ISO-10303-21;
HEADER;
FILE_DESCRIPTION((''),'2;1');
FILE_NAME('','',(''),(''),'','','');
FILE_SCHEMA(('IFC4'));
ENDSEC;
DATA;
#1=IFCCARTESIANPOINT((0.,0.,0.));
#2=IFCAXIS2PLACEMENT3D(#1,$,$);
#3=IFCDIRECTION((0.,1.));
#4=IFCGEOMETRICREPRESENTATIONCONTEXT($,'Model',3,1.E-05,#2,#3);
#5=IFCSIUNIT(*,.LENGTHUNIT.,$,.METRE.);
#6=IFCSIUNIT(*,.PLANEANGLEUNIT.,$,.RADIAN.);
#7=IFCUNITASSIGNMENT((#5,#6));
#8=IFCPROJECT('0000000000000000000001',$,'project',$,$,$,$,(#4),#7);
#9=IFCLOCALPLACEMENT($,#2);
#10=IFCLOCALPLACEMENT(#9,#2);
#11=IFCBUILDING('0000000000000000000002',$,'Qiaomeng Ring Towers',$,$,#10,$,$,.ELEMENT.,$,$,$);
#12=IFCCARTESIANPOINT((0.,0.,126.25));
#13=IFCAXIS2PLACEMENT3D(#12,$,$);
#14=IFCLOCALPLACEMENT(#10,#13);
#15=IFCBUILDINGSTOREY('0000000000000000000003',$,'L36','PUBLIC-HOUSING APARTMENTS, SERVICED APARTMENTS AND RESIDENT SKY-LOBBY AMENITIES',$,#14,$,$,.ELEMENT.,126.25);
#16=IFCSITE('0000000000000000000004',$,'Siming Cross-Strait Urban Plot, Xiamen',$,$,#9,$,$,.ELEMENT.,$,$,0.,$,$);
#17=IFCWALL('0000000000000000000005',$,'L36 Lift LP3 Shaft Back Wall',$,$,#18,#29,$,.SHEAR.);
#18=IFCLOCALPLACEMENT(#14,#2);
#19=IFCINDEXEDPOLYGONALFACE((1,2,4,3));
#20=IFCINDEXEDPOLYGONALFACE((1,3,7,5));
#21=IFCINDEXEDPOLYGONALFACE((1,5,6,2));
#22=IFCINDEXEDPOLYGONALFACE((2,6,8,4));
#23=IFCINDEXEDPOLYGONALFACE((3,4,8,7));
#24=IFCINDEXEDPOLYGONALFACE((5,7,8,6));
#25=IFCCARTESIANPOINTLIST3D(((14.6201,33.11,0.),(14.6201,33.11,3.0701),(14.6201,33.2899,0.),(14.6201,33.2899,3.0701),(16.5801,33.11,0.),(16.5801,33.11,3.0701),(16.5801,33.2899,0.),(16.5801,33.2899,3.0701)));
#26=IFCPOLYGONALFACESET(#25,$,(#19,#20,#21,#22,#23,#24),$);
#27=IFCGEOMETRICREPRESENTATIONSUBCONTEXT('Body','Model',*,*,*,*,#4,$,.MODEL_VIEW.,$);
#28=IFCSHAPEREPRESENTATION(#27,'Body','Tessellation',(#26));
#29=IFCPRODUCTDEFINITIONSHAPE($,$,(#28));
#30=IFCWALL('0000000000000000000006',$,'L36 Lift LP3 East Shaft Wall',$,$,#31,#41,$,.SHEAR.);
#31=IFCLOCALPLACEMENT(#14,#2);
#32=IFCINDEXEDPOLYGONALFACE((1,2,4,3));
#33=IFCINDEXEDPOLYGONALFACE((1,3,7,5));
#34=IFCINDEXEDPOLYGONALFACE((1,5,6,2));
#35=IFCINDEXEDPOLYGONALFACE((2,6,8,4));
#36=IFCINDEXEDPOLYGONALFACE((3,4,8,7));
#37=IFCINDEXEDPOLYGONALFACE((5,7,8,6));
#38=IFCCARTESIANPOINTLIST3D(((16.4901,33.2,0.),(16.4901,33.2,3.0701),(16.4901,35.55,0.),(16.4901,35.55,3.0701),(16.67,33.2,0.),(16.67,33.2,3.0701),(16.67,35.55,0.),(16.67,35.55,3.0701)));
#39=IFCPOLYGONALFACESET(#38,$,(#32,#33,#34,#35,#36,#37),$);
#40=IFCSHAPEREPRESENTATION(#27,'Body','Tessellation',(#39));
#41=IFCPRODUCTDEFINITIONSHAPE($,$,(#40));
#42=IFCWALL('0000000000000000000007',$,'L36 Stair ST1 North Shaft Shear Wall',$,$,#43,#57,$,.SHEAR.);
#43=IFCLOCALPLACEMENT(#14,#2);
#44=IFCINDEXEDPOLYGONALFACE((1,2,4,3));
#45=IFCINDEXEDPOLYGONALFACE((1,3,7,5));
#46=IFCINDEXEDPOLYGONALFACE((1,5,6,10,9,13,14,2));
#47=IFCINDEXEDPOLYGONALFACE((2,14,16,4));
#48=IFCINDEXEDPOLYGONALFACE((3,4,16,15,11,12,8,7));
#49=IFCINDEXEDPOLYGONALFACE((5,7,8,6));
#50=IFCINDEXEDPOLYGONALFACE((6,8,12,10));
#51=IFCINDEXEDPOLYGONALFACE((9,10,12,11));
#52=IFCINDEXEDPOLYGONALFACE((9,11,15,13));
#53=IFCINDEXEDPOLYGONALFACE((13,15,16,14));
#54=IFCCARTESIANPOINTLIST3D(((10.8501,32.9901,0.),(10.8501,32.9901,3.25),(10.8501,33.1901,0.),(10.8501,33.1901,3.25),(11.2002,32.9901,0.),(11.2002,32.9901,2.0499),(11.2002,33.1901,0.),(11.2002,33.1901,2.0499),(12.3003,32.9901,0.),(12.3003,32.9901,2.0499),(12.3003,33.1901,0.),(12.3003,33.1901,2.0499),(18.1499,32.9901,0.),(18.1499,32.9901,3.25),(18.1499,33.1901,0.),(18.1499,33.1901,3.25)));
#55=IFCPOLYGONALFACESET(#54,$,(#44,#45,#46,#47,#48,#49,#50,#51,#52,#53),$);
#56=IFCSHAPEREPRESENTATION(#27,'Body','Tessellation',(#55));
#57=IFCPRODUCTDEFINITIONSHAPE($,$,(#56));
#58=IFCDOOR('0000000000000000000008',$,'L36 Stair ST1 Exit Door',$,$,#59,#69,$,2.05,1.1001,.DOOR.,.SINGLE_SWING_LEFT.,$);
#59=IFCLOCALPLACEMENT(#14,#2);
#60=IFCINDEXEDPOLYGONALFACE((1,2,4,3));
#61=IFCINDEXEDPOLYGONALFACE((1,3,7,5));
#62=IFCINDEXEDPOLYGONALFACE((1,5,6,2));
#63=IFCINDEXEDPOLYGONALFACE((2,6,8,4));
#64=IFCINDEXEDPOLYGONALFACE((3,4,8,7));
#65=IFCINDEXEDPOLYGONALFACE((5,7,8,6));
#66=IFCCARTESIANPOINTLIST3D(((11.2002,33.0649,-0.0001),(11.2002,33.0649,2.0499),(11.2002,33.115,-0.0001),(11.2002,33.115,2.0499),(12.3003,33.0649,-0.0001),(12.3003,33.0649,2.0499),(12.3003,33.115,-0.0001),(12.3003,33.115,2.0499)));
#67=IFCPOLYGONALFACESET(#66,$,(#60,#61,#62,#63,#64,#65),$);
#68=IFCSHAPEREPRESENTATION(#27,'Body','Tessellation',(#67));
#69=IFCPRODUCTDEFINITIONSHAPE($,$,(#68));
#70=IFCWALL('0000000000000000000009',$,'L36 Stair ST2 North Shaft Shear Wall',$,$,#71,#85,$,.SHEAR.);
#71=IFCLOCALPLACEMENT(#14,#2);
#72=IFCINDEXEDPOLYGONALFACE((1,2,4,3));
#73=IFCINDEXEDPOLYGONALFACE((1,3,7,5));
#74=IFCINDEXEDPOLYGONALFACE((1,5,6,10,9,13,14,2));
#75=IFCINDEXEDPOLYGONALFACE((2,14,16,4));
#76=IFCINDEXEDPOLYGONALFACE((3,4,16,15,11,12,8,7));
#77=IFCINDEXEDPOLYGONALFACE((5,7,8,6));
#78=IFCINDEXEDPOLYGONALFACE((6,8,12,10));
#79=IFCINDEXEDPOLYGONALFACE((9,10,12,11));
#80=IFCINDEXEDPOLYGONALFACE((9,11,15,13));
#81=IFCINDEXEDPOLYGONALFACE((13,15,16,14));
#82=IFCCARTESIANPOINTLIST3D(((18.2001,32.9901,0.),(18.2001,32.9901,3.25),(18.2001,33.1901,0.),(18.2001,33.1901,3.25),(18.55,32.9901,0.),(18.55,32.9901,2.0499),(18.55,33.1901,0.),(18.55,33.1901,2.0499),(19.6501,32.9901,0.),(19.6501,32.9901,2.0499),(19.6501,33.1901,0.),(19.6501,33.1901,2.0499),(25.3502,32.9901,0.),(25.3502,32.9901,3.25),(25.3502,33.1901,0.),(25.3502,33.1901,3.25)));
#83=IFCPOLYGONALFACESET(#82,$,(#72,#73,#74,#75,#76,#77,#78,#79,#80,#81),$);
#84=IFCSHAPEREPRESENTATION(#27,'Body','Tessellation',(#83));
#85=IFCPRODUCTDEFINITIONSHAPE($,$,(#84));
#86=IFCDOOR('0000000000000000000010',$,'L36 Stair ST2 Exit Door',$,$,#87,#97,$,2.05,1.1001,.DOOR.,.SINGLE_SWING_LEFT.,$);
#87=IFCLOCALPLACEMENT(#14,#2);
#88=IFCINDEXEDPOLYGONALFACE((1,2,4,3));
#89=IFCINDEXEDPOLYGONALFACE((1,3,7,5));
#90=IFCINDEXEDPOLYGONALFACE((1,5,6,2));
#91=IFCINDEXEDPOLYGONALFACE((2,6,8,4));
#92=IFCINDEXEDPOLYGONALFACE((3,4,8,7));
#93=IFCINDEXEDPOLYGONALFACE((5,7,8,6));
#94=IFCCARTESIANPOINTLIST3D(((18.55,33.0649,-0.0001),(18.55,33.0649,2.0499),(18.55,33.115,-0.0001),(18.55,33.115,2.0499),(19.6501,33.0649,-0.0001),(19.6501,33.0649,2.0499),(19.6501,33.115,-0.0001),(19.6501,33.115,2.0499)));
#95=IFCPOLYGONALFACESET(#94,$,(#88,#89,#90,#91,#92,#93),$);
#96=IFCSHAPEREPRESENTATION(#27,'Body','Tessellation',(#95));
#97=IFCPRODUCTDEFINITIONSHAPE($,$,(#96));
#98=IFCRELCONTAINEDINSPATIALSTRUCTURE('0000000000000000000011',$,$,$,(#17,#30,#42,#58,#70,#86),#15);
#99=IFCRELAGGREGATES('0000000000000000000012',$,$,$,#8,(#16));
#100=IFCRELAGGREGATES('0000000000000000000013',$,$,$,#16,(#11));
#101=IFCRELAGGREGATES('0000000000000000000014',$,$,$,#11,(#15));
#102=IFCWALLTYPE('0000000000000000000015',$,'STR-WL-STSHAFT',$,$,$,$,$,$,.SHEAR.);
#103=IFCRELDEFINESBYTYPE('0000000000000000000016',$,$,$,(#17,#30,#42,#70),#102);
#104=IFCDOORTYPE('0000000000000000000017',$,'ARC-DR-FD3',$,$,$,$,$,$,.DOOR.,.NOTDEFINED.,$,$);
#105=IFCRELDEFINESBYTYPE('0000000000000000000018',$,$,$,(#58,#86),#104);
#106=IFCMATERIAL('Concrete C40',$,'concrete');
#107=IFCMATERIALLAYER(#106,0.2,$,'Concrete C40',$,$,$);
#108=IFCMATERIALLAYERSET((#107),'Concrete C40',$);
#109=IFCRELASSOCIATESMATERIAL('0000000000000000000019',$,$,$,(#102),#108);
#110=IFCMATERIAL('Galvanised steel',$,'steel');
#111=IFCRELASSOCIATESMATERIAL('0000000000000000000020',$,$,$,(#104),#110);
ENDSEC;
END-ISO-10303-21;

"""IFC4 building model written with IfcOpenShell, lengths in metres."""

from ifc_helpers import new_model, si_unit, direction, frame, frame_2d, origin, place, context, subcontext, project, spatial, rectangle, extrude, source, transform, mapped, material, layer, layer_set, type_object, element, fill, save


model = new_model("IFC4")

# Units and contexts
model_context = context("Model", 3, precision=1e-05, world=origin(), true_north=direction((0.0, 1.0)))
body_context = subcontext(model_context, "Body", "Model", "MODEL_VIEW")
ifc_project = project(units=[si_unit("LENGTHUNIT", "METRE"), si_unit("PLANEANGLEUNIT", "RADIAN")], contexts=[model_context])

# Site, building, storey
site_placement = place(None, origin())
site = spatial("IfcSite", under=ifc_project, at=site_placement, Name="Siming Cross-Strait Urban Plot, Xiamen", CompositionType="ELEMENT", RefElevation=0.0)
building_placement = place(site_placement, origin())
building = spatial("IfcBuilding", under=site, at=building_placement, Name="Qiaomeng Ring Towers", CompositionType="ELEMENT")
storey_placement = place(building_placement, frame((0.0, 0.0, 126.25)))
storey = spatial("IfcBuildingStorey", under=building, at=storey_placement, Name="L36", Description="PUBLIC-HOUSING APARTMENTS, SERVICED APARTMENTS AND RESIDENT SKY-LOBBY AMENITIES", CompositionType="ELEMENT", Elevation=126.25)

# Walls
ifc_material_1 = material(Name="Concrete C40", Category="concrete")
ifc_layer_1 = layer(ifc_material_1, 0.2, Name="Concrete C40")
ifc_layer_set_1 = layer_set([ifc_layer_1], Name="Concrete C40")
wall_type_1 = type_object("IfcWallType", Name="STR-WL-STSHAFT", PredefinedType="SHEAR", material=ifc_layer_set_1)
wall_1_placement = place(storey_placement, frame((14.6201, 33.2, 0.0), z_axis=(0.0, 0.0, 1.0), x_axis=(1.0, 0.0, 0.0)))
element("IfcWall", 1, at=wall_1_placement, inside=storey, type_object=wall_type_1, Name="L36 Lift LP3 Shaft Back Wall", PredefinedType="SHEAR", context=body_context, shape_type="SweptSolid", body=[
    extrude(rectangle(XDim=1.96, YDim=0.1799, at=frame_2d((0.98, 0.0))), origin(), (0.0, 0.0, 1.0), 3.0701),
])
wall_2_placement = place(storey_placement, frame((16.5801, 33.2, 0.0), z_axis=(0.0, 0.0, 1.0), x_axis=(0.0, 1.0, 0.0)))
element("IfcWall", 2, at=wall_2_placement, inside=storey, type_object=wall_type_1, Name="L36 Lift LP3 East Shaft Wall", PredefinedType="SHEAR", context=body_context, shape_type="SweptSolid", body=[
    extrude(rectangle(XDim=2.3501, YDim=0.1799, at=frame_2d((1.175, 0.0))), origin(), (0.0, 0.0, 1.0), 3.0701),
])

# Walls, openings, doors
wall_3_placement = place(storey_placement, frame((10.8501, 33.0901, 0.0), z_axis=(0.0, 0.0, 1.0), x_axis=(1.0, 0.0, 0.0)))
wall_3 = element("IfcWall", 3, at=wall_3_placement, inside=storey, type_object=wall_type_1, Name="L36 Stair ST1 North Shaft Shear Wall", PredefinedType="SHEAR", context=body_context, shape_type="SweptSolid", body=[
    extrude(rectangle(XDim=7.2998, YDim=0.2, at=frame_2d((3.6499, 0.0))), origin(), (0.0, 0.0, 1.0), 3.25),
])
opening_1_placement = place(wall_3_placement, frame((0.3501, 0.0, 0.0)))
opening_1 = element("IfcOpeningElement", 4, at=opening_1_placement, cuts=wall_3, PredefinedType="OPENING", context=body_context, shape_type="SweptSolid", body=[
    extrude(rectangle(XDim=1.1001, YDim=2.05, at=frame_2d((0.55, 1.0249))), frame((0.0, 0.1099, 0.0), z_axis=(0.0, -1.0, 0.0), x_axis=(1.0, 0.0, 0.0)), (0.0, 0.0, 1.0), 0.22),
])
ifc_material_2 = material(Name="Galvanised steel", Category="steel")
door_type_1 = type_object("IfcDoorType", Name="ARC-DR-FD3", OperationType="NOTDEFINED", PredefinedType="DOOR", material=ifc_material_2)
shared_shape_1 = source(origin(), body_context, "Body", "SweptSolid", [
    extrude(rectangle(XDim=1.1001, YDim=2.05, at=frame_2d((0.55, 1.0249))), frame((0.0, 0.0249, 0.0), z_axis=(0.0, -1.0, 0.0), x_axis=(1.0, 0.0, 0.0)), (0.0, 0.0, 1.0), 0.05),
])
door_1_placement = place(opening_1_placement, origin())
door_1 = element("IfcDoor", 5, at=door_1_placement, inside=storey, type_object=door_type_1, Name="L36 Stair ST1 Exit Door", OperationType="SINGLE_SWING_LEFT", OverallHeight=2.05, OverallWidth=1.1001, PredefinedType="DOOR", context=body_context, shape_type="MappedRepresentation", body=[
    mapped(shared_shape_1, transform((0.0, 0.0, 0.0), x_axis=(1.0, 0.0, 0.0), y_axis=(0.0, 1.0, 0.0), z_axis=(0.0, 0.0, 1.0), scale=1.0)),
])
fill(opening_1, door_1)
wall_4_placement = place(storey_placement, frame((18.2, 33.0901, 0.0), z_axis=(0.0, 0.0, 1.0), x_axis=(1.0, 0.0, 0.0)))
wall_4 = element("IfcWall", 6, at=wall_4_placement, inside=storey, type_object=wall_type_1, Name="L36 Stair ST2 North Shaft Shear Wall", PredefinedType="SHEAR", context=body_context, shape_type="SweptSolid", body=[
    extrude(rectangle(XDim=7.1501, YDim=0.2, at=frame_2d((3.5752, 0.0))), origin(), (0.0, 0.0, 1.0), 3.25),
])
opening_2_placement = place(wall_4_placement, frame((0.3501, 0.0, 0.0)))
opening_2 = element("IfcOpeningElement", 7, at=opening_2_placement, cuts=wall_4, PredefinedType="OPENING", context=body_context, shape_type="SweptSolid", body=[
    extrude(rectangle(XDim=1.1001, YDim=2.05, at=frame_2d((0.55, 1.0249))), frame((0.0, 0.1099, 0.0), z_axis=(0.0, -1.0, 0.0), x_axis=(1.0, 0.0, 0.0)), (0.0, 0.0, 1.0), 0.22),
])
door_2_placement = place(opening_2_placement, origin())
door_2 = element("IfcDoor", 8, at=door_2_placement, inside=storey, type_object=door_type_1, Name="L36 Stair ST2 Exit Door", OperationType="SINGLE_SWING_LEFT", OverallHeight=2.05, OverallWidth=1.1001, PredefinedType="DOOR", context=body_context, shape_type="MappedRepresentation", body=[
    mapped(shared_shape_1, transform((0.0, 0.0, 0.0), x_axis=(1.0, 0.0, 0.0), y_axis=(0.0, 1.0, 0.0), z_axis=(0.0, 0.0, 1.0), scale=1.0)),
])
fill(opening_2, door_2)

save(model, "model.ifc")
